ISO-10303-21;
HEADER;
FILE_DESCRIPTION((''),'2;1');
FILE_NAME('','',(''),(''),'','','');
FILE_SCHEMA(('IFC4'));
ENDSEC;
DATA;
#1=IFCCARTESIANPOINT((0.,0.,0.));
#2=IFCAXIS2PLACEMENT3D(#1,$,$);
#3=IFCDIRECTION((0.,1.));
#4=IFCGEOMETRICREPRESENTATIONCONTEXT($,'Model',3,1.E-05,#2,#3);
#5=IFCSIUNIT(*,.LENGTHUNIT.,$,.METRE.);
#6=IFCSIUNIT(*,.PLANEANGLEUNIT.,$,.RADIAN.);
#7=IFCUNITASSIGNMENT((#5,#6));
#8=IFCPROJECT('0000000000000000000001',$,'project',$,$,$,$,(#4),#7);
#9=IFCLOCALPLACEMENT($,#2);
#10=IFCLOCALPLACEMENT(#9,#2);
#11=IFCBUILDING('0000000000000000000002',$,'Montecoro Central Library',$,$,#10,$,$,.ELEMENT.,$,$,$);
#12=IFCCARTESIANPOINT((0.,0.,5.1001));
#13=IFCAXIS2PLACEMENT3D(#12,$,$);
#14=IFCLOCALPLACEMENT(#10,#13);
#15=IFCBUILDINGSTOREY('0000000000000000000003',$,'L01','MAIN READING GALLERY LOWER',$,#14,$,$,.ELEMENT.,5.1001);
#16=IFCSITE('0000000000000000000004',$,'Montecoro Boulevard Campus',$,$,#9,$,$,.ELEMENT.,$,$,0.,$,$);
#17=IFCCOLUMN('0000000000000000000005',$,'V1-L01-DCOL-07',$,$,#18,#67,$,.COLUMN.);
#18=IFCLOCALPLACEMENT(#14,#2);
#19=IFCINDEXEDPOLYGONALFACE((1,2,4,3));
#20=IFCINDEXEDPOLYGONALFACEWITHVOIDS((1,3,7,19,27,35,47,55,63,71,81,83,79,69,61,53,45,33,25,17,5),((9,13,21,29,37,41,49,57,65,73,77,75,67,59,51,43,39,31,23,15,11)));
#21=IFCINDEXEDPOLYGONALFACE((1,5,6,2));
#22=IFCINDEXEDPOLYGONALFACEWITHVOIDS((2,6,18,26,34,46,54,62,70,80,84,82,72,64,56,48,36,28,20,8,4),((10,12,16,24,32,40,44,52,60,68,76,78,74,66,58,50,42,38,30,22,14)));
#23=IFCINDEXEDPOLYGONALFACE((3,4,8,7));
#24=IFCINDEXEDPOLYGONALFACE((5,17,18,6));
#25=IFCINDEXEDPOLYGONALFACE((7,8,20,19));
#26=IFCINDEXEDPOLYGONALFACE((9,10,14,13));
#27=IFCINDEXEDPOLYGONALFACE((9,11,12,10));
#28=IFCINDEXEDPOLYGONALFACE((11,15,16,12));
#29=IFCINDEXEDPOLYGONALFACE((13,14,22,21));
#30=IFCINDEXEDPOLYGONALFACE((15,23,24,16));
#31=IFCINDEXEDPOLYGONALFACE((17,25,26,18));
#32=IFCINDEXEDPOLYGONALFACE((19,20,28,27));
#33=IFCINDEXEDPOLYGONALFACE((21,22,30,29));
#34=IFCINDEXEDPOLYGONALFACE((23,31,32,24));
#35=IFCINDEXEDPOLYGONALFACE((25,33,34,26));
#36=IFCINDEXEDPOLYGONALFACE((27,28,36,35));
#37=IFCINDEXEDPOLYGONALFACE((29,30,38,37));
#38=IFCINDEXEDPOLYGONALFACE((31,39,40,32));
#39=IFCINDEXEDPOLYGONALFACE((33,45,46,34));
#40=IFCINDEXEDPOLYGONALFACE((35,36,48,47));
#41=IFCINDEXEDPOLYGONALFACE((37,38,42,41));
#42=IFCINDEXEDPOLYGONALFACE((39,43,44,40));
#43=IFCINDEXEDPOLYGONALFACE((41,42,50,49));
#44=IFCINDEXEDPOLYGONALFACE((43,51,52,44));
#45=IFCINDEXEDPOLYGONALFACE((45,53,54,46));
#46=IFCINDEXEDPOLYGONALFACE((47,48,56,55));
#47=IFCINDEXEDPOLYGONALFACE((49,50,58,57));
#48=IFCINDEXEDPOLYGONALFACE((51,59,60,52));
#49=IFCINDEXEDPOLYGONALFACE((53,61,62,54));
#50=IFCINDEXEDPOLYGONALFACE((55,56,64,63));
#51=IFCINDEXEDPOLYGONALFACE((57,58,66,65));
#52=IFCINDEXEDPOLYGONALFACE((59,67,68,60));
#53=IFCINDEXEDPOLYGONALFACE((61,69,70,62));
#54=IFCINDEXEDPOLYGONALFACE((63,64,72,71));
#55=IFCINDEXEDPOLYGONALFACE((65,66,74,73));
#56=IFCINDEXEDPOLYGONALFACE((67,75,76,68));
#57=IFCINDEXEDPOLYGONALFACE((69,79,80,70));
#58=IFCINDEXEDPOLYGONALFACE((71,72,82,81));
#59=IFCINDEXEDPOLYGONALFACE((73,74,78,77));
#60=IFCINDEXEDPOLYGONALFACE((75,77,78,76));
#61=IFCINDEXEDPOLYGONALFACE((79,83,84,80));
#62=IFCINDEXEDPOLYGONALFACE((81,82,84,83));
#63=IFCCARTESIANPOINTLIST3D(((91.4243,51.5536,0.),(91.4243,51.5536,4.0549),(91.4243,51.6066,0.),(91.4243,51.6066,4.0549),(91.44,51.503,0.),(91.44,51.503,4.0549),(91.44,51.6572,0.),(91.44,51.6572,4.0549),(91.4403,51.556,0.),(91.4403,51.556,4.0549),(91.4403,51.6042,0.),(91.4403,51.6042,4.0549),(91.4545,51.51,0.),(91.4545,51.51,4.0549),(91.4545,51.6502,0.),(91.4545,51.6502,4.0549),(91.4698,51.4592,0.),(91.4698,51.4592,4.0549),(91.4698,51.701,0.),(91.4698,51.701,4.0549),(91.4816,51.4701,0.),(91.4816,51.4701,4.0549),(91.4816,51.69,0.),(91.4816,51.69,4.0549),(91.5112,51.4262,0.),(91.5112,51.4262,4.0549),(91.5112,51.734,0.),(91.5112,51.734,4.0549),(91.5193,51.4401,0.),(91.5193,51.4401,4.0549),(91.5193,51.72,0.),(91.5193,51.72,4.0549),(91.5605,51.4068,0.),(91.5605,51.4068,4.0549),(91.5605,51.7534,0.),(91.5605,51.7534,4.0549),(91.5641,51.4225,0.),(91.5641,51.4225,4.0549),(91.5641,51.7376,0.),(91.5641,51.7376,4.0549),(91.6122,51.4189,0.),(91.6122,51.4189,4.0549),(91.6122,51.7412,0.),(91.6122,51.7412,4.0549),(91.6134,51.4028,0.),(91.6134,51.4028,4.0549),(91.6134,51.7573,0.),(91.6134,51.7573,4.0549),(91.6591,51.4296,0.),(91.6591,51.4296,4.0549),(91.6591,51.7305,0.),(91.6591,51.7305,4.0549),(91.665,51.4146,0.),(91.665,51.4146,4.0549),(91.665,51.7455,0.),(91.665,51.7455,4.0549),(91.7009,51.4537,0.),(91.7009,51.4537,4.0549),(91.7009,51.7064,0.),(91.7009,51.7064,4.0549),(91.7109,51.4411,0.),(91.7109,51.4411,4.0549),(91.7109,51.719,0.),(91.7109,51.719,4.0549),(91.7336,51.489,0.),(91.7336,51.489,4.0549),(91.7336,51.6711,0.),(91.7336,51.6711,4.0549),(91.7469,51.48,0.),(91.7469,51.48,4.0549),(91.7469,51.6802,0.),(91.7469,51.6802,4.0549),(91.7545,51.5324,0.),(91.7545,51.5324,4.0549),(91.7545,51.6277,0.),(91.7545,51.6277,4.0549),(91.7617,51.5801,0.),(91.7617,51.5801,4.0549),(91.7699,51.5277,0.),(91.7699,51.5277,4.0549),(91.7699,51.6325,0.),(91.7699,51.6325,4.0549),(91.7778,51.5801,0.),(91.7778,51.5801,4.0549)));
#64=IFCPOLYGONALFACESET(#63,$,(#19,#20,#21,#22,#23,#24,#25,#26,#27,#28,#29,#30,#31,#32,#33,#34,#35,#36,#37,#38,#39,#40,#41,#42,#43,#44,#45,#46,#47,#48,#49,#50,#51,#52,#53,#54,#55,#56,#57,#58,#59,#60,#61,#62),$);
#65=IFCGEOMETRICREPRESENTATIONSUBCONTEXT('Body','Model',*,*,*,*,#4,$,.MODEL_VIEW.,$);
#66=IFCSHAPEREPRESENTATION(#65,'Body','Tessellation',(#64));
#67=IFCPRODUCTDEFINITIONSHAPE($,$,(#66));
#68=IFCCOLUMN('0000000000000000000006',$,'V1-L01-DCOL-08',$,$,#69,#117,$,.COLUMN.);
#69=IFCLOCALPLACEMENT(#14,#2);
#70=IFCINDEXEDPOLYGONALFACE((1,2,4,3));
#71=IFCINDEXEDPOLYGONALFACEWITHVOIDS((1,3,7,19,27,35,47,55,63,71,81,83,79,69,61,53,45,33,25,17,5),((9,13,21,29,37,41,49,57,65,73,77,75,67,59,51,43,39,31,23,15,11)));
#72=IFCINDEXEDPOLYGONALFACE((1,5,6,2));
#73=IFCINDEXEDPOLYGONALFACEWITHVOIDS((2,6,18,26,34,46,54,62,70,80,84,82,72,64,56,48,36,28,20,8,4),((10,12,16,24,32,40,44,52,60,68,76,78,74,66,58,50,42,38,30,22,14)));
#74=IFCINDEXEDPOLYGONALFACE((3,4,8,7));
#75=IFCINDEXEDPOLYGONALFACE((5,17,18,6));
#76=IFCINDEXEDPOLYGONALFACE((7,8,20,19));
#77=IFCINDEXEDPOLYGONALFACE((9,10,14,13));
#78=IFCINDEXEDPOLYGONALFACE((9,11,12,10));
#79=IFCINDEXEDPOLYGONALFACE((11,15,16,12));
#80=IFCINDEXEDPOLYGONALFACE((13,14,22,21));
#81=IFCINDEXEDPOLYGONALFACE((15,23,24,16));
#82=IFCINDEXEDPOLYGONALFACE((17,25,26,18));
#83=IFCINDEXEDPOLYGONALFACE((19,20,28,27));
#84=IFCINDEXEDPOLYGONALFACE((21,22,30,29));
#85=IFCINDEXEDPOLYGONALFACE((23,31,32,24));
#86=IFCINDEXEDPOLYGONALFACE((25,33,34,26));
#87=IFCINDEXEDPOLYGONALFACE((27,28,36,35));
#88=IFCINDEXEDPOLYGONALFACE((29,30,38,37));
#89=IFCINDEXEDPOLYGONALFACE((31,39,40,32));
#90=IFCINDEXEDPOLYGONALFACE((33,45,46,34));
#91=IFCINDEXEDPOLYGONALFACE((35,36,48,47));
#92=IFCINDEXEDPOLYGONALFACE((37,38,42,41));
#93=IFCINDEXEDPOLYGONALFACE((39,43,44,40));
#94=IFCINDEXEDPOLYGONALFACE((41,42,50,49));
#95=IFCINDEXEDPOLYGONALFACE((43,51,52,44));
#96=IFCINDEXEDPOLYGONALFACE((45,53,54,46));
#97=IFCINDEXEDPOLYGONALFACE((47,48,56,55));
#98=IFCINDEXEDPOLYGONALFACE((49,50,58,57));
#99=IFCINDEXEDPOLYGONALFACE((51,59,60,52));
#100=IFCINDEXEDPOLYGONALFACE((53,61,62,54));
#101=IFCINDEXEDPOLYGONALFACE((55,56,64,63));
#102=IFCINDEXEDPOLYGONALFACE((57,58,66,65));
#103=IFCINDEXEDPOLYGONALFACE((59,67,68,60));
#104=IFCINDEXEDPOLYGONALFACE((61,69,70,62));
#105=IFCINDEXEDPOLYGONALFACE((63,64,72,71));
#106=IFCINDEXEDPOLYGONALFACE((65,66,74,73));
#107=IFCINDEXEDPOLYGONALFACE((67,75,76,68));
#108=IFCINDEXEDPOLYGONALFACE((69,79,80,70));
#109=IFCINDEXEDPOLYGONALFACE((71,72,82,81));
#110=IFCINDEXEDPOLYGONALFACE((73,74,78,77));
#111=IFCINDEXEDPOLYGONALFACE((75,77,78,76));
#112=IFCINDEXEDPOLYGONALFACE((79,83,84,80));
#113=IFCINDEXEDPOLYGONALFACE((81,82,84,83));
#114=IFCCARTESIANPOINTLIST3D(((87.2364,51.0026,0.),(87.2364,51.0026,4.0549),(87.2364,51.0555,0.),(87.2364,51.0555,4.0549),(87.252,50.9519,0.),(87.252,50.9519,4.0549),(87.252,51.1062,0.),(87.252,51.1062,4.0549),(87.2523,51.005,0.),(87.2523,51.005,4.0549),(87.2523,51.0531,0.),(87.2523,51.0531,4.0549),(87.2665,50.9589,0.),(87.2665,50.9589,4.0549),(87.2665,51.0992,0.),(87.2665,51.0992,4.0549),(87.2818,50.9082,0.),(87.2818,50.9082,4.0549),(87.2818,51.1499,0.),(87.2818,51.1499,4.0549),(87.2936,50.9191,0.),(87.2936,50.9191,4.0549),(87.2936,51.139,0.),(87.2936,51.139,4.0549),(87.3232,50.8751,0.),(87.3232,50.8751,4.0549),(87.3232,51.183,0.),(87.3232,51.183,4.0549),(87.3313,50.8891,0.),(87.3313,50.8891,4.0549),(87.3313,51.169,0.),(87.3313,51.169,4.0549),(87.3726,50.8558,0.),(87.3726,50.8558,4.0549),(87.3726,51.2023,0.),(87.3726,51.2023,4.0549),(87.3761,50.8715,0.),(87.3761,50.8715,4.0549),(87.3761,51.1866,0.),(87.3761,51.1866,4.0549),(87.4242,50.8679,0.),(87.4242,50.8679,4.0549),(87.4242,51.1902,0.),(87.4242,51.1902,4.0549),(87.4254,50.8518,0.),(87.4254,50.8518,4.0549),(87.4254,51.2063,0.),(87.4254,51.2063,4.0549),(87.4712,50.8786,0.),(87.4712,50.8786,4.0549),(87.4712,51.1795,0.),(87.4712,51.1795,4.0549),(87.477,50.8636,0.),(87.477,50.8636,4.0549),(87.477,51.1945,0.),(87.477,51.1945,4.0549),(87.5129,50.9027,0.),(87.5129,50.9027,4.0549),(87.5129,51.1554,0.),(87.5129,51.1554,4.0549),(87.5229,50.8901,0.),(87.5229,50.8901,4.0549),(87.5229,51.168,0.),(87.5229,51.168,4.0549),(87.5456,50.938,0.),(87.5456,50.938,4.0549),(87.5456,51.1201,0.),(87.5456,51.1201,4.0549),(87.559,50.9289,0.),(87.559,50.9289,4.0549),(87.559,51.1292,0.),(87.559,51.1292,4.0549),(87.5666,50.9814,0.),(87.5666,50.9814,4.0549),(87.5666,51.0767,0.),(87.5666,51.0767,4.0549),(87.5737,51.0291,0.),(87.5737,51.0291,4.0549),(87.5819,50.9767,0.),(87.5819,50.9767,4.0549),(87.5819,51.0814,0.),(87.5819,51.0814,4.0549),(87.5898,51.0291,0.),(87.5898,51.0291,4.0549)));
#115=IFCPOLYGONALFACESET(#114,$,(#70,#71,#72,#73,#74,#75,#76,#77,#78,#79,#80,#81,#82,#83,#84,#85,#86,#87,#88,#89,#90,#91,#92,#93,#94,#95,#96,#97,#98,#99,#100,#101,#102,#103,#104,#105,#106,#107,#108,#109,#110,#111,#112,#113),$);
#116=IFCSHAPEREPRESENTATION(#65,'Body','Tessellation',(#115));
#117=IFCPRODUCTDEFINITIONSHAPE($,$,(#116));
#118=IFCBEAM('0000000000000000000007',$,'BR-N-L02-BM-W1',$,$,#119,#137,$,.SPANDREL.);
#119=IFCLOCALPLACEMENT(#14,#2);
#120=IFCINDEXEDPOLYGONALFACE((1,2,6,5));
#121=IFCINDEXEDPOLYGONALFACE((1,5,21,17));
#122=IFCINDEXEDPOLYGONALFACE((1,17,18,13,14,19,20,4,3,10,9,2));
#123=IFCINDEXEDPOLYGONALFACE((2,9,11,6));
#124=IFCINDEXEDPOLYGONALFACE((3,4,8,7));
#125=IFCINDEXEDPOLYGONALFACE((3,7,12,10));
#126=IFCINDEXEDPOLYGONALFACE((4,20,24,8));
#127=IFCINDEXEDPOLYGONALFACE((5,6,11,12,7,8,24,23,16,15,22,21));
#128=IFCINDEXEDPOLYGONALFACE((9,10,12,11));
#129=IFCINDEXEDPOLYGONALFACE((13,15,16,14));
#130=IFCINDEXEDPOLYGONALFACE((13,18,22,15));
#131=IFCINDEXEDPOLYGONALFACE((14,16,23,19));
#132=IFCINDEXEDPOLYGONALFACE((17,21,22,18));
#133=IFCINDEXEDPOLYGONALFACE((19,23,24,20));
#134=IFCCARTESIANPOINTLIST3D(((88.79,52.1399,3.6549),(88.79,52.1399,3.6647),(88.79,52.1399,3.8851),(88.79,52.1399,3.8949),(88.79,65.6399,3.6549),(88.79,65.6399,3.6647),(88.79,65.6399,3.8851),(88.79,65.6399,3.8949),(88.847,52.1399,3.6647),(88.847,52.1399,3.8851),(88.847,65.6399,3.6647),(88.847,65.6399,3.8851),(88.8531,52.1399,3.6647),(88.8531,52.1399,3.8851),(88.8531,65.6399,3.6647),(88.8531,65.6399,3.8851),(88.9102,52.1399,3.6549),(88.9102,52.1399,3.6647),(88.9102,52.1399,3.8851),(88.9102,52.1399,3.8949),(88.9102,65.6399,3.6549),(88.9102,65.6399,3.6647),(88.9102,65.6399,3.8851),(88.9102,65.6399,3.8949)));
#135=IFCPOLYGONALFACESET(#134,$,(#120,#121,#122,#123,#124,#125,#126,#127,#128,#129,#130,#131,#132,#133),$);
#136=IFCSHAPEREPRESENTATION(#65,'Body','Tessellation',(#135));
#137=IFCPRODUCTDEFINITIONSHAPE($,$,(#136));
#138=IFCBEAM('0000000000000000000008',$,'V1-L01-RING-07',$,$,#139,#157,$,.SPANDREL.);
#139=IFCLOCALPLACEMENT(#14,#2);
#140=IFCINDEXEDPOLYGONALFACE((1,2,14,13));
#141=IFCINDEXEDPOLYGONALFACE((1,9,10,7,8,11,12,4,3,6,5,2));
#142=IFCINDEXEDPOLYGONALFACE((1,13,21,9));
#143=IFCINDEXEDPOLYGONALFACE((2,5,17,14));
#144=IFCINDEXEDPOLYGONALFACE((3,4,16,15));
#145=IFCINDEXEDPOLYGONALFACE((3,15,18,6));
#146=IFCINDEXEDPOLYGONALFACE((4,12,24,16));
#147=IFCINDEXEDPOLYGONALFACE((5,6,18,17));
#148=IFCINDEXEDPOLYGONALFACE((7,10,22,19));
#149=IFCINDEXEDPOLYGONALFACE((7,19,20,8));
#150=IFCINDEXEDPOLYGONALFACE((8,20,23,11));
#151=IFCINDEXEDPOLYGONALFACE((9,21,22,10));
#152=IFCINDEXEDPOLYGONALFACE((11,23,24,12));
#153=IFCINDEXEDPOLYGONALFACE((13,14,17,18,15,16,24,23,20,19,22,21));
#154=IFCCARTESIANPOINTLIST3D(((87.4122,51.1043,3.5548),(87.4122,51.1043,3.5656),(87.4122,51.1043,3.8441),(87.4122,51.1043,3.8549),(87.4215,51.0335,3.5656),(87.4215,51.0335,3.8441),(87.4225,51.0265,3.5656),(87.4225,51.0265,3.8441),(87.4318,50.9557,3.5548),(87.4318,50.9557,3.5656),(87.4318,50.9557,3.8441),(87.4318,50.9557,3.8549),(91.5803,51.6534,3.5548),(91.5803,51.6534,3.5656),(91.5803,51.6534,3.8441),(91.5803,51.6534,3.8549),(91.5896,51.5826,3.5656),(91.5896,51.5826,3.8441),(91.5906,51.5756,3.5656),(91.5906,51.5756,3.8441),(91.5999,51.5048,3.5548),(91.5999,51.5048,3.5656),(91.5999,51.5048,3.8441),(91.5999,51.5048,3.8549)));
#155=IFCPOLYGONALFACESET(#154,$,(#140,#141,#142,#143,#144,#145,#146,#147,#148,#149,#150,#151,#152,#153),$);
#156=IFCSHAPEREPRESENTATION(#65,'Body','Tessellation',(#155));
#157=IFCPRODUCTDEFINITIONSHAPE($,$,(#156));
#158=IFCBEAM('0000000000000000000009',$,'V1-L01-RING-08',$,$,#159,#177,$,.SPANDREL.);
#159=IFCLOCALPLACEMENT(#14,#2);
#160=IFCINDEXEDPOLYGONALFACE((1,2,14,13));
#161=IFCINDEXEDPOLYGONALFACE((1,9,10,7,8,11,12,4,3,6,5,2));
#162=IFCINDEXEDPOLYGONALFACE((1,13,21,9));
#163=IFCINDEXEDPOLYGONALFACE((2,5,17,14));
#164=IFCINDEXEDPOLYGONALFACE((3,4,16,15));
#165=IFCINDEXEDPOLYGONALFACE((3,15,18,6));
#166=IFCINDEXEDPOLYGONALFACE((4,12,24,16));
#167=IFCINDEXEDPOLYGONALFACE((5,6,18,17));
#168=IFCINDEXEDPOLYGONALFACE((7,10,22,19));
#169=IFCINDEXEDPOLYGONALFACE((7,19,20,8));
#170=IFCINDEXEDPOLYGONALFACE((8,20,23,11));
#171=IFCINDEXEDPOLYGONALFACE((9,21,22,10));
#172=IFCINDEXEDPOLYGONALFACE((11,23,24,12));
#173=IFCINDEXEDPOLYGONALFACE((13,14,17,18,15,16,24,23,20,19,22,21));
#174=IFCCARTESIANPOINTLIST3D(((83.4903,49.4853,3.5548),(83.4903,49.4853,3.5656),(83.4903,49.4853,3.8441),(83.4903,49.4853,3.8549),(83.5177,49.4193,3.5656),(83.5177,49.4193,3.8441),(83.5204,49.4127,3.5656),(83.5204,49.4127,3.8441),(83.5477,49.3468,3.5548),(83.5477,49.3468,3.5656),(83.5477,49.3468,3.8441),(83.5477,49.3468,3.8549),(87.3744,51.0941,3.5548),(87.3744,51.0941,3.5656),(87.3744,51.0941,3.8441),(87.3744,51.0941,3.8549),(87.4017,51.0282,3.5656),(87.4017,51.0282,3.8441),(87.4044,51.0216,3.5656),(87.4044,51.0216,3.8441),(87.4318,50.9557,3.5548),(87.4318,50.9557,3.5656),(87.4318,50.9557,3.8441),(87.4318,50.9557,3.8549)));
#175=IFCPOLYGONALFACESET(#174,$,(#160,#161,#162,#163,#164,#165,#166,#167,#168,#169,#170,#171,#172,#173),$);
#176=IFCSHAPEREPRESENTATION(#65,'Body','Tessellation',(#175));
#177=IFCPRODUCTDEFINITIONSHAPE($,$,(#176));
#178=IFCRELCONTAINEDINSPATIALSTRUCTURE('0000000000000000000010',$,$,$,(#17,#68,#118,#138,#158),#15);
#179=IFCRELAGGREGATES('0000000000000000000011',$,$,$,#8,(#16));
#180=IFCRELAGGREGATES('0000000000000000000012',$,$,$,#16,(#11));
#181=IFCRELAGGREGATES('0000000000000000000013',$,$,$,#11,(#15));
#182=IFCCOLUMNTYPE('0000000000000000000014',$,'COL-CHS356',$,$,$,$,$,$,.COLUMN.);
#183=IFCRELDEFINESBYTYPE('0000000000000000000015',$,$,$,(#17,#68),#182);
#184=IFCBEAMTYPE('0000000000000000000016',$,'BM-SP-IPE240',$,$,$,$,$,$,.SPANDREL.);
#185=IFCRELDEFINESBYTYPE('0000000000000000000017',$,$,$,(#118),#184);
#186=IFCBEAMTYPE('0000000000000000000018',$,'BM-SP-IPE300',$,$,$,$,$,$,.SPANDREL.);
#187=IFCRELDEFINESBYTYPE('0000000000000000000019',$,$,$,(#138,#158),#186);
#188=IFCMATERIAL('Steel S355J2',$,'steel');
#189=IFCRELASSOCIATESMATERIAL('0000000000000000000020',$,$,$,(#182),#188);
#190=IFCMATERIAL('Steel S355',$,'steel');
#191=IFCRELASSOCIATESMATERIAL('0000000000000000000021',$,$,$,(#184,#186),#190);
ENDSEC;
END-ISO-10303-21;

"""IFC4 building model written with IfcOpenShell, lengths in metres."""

from ifc_helpers import new_model, si_unit, direction, frame, origin, origin_2d, place, context, subcontext, project, spatial, hollow_circle, i_section, extrude, material, material_profile, profile_set, type_object, element, save


model = new_model("IFC4")

# Units and contexts
model_context = context("Model", 3, precision=1e-05, world=origin(), true_north=direction((0.0, 1.0)))
body_context = subcontext(model_context, "Body", "Model", "MODEL_VIEW")
ifc_project = project(units=[si_unit("LENGTHUNIT", "METRE"), si_unit("PLANEANGLEUNIT", "RADIAN")], contexts=[model_context])

# Site, building, storey
site_placement = place(None, origin())
site = spatial("IfcSite", under=ifc_project, at=site_placement, Name="Montecoro Boulevard Campus", CompositionType="ELEMENT", RefElevation=0.0)
building_placement = place(site_placement, origin())
building = spatial("IfcBuilding", under=site, at=building_placement, Name="Montecoro Central Library", CompositionType="ELEMENT")
storey_placement = place(building_placement, frame((0.0, 0.0, 5.1001)))
storey = spatial("IfcBuildingStorey", under=building, at=storey_placement, Name="L01", Description="MAIN READING GALLERY LOWER", CompositionType="ELEMENT", Elevation=5.1001)

# Columns
ifc_material_1 = material(Name="Steel S355J2", Category="steel")
ifc_material_profile_1 = material_profile(ifc_material_1, hollow_circle(Radius=0.1777, WallThickness=0.0161, at=origin_2d()), Name="CHS 355.6x16.0")
ifc_profile_set_1 = profile_set([ifc_material_profile_1], Name="Steel S355J2")
column_type = type_object("IfcColumnType", Name="COL-CHS356", PredefinedType="COLUMN", material=ifc_profile_set_1)
for number, where, z_axis, x_axis, name in (
    (1, (91.6001, 51.5801, 0.0), (0.0, 0.0, 1.0), (1.0, 0.0, 0.0), "V1-L01-DCOL-07"),
    (2, (87.4121, 51.0291, 0.0), (0.0, 0.0, 1.0), (1.0, 0.0, 0.0), "V1-L01-DCOL-08"),
):
    element("IfcColumn", number, at=place(storey_placement, frame(where, z_axis=z_axis, x_axis=x_axis)), inside=storey, type_object=column_type, Name=name, PredefinedType="COLUMN", context=body_context, shape_type="SweptSolid", body=[
        extrude(hollow_circle(Radius=0.1777, WallThickness=0.0161, at=origin_2d()), origin(), (0.0, 0.0, 1.0), 4.0549),
    ])

# Beams
ifc_material_2 = material(Name="Steel S355", Category="steel")
ifc_material_profile_2 = material_profile(ifc_material_2, i_section(OverallWidth=0.1201, OverallDepth=0.24, WebThickness=0.0061, FlangeThickness=0.0098, at=origin_2d()), Name="IPE 240")
ifc_profile_set_2 = profile_set([ifc_material_profile_2], Name="Steel S355")
beam_type_1 = type_object("IfcBeamType", Name="BM-SP-IPE240", PredefinedType="SPANDREL", material=ifc_profile_set_2)
beam_placement = place(storey_placement, frame((88.8501, 52.1399, 3.7749), z_axis=(0.0, 1.0, 0.0), x_axis=(-1.0, 0.0, 0.0)))
element("IfcBeam", 3, at=beam_placement, inside=storey, type_object=beam_type_1, Name="BR-N-L02-BM-W1", PredefinedType="SPANDREL", context=body_context, shape_type="SweptSolid", body=[
    extrude(i_section(OverallWidth=0.1201, OverallDepth=0.24, WebThickness=0.0061, FlangeThickness=0.0098, at=origin_2d()), origin(), (0.0, 0.0, 1.0), 13.5),
])
ifc_material_profile_3 = material_profile(ifc_material_2, i_section(OverallWidth=0.1499, OverallDepth=0.3, WebThickness=0.0071, FlangeThickness=0.0107, at=origin_2d()), Name="IPE 300")
ifc_profile_set_3 = profile_set([ifc_material_profile_3], Name="Steel S355")
beam_type_2 = type_object("IfcBeamType", Name="BM-SP-IPE300", PredefinedType="SPANDREL", material=ifc_profile_set_3)
for number, where, z_axis, x_axis, name in (
    (4, (91.5901, 51.5791, 3.7048), (-0.991434, -0.130608, 0.0), (0.130608, -0.991434, 0.0), "V1-L01-RING-07"),
    (5, (87.4031, 51.0249, 3.7048), (-0.923874, -0.382697, 0.0), (0.382697, -0.923874, 0.0), "V1-L01-RING-08"),
):
    element("IfcBeam", number, at=place(storey_placement, frame(where, z_axis=z_axis, x_axis=x_axis)), inside=storey, type_object=beam_type_2, Name=name, PredefinedType="SPANDREL", context=body_context, shape_type="SweptSolid", body=[
        extrude(i_section(OverallWidth=0.1499, OverallDepth=0.3, WebThickness=0.0071, FlangeThickness=0.0107, at=origin_2d()), origin(), (0.0, 0.0, 1.0), 4.2041),
    ])

save(model, "model.ifc")
